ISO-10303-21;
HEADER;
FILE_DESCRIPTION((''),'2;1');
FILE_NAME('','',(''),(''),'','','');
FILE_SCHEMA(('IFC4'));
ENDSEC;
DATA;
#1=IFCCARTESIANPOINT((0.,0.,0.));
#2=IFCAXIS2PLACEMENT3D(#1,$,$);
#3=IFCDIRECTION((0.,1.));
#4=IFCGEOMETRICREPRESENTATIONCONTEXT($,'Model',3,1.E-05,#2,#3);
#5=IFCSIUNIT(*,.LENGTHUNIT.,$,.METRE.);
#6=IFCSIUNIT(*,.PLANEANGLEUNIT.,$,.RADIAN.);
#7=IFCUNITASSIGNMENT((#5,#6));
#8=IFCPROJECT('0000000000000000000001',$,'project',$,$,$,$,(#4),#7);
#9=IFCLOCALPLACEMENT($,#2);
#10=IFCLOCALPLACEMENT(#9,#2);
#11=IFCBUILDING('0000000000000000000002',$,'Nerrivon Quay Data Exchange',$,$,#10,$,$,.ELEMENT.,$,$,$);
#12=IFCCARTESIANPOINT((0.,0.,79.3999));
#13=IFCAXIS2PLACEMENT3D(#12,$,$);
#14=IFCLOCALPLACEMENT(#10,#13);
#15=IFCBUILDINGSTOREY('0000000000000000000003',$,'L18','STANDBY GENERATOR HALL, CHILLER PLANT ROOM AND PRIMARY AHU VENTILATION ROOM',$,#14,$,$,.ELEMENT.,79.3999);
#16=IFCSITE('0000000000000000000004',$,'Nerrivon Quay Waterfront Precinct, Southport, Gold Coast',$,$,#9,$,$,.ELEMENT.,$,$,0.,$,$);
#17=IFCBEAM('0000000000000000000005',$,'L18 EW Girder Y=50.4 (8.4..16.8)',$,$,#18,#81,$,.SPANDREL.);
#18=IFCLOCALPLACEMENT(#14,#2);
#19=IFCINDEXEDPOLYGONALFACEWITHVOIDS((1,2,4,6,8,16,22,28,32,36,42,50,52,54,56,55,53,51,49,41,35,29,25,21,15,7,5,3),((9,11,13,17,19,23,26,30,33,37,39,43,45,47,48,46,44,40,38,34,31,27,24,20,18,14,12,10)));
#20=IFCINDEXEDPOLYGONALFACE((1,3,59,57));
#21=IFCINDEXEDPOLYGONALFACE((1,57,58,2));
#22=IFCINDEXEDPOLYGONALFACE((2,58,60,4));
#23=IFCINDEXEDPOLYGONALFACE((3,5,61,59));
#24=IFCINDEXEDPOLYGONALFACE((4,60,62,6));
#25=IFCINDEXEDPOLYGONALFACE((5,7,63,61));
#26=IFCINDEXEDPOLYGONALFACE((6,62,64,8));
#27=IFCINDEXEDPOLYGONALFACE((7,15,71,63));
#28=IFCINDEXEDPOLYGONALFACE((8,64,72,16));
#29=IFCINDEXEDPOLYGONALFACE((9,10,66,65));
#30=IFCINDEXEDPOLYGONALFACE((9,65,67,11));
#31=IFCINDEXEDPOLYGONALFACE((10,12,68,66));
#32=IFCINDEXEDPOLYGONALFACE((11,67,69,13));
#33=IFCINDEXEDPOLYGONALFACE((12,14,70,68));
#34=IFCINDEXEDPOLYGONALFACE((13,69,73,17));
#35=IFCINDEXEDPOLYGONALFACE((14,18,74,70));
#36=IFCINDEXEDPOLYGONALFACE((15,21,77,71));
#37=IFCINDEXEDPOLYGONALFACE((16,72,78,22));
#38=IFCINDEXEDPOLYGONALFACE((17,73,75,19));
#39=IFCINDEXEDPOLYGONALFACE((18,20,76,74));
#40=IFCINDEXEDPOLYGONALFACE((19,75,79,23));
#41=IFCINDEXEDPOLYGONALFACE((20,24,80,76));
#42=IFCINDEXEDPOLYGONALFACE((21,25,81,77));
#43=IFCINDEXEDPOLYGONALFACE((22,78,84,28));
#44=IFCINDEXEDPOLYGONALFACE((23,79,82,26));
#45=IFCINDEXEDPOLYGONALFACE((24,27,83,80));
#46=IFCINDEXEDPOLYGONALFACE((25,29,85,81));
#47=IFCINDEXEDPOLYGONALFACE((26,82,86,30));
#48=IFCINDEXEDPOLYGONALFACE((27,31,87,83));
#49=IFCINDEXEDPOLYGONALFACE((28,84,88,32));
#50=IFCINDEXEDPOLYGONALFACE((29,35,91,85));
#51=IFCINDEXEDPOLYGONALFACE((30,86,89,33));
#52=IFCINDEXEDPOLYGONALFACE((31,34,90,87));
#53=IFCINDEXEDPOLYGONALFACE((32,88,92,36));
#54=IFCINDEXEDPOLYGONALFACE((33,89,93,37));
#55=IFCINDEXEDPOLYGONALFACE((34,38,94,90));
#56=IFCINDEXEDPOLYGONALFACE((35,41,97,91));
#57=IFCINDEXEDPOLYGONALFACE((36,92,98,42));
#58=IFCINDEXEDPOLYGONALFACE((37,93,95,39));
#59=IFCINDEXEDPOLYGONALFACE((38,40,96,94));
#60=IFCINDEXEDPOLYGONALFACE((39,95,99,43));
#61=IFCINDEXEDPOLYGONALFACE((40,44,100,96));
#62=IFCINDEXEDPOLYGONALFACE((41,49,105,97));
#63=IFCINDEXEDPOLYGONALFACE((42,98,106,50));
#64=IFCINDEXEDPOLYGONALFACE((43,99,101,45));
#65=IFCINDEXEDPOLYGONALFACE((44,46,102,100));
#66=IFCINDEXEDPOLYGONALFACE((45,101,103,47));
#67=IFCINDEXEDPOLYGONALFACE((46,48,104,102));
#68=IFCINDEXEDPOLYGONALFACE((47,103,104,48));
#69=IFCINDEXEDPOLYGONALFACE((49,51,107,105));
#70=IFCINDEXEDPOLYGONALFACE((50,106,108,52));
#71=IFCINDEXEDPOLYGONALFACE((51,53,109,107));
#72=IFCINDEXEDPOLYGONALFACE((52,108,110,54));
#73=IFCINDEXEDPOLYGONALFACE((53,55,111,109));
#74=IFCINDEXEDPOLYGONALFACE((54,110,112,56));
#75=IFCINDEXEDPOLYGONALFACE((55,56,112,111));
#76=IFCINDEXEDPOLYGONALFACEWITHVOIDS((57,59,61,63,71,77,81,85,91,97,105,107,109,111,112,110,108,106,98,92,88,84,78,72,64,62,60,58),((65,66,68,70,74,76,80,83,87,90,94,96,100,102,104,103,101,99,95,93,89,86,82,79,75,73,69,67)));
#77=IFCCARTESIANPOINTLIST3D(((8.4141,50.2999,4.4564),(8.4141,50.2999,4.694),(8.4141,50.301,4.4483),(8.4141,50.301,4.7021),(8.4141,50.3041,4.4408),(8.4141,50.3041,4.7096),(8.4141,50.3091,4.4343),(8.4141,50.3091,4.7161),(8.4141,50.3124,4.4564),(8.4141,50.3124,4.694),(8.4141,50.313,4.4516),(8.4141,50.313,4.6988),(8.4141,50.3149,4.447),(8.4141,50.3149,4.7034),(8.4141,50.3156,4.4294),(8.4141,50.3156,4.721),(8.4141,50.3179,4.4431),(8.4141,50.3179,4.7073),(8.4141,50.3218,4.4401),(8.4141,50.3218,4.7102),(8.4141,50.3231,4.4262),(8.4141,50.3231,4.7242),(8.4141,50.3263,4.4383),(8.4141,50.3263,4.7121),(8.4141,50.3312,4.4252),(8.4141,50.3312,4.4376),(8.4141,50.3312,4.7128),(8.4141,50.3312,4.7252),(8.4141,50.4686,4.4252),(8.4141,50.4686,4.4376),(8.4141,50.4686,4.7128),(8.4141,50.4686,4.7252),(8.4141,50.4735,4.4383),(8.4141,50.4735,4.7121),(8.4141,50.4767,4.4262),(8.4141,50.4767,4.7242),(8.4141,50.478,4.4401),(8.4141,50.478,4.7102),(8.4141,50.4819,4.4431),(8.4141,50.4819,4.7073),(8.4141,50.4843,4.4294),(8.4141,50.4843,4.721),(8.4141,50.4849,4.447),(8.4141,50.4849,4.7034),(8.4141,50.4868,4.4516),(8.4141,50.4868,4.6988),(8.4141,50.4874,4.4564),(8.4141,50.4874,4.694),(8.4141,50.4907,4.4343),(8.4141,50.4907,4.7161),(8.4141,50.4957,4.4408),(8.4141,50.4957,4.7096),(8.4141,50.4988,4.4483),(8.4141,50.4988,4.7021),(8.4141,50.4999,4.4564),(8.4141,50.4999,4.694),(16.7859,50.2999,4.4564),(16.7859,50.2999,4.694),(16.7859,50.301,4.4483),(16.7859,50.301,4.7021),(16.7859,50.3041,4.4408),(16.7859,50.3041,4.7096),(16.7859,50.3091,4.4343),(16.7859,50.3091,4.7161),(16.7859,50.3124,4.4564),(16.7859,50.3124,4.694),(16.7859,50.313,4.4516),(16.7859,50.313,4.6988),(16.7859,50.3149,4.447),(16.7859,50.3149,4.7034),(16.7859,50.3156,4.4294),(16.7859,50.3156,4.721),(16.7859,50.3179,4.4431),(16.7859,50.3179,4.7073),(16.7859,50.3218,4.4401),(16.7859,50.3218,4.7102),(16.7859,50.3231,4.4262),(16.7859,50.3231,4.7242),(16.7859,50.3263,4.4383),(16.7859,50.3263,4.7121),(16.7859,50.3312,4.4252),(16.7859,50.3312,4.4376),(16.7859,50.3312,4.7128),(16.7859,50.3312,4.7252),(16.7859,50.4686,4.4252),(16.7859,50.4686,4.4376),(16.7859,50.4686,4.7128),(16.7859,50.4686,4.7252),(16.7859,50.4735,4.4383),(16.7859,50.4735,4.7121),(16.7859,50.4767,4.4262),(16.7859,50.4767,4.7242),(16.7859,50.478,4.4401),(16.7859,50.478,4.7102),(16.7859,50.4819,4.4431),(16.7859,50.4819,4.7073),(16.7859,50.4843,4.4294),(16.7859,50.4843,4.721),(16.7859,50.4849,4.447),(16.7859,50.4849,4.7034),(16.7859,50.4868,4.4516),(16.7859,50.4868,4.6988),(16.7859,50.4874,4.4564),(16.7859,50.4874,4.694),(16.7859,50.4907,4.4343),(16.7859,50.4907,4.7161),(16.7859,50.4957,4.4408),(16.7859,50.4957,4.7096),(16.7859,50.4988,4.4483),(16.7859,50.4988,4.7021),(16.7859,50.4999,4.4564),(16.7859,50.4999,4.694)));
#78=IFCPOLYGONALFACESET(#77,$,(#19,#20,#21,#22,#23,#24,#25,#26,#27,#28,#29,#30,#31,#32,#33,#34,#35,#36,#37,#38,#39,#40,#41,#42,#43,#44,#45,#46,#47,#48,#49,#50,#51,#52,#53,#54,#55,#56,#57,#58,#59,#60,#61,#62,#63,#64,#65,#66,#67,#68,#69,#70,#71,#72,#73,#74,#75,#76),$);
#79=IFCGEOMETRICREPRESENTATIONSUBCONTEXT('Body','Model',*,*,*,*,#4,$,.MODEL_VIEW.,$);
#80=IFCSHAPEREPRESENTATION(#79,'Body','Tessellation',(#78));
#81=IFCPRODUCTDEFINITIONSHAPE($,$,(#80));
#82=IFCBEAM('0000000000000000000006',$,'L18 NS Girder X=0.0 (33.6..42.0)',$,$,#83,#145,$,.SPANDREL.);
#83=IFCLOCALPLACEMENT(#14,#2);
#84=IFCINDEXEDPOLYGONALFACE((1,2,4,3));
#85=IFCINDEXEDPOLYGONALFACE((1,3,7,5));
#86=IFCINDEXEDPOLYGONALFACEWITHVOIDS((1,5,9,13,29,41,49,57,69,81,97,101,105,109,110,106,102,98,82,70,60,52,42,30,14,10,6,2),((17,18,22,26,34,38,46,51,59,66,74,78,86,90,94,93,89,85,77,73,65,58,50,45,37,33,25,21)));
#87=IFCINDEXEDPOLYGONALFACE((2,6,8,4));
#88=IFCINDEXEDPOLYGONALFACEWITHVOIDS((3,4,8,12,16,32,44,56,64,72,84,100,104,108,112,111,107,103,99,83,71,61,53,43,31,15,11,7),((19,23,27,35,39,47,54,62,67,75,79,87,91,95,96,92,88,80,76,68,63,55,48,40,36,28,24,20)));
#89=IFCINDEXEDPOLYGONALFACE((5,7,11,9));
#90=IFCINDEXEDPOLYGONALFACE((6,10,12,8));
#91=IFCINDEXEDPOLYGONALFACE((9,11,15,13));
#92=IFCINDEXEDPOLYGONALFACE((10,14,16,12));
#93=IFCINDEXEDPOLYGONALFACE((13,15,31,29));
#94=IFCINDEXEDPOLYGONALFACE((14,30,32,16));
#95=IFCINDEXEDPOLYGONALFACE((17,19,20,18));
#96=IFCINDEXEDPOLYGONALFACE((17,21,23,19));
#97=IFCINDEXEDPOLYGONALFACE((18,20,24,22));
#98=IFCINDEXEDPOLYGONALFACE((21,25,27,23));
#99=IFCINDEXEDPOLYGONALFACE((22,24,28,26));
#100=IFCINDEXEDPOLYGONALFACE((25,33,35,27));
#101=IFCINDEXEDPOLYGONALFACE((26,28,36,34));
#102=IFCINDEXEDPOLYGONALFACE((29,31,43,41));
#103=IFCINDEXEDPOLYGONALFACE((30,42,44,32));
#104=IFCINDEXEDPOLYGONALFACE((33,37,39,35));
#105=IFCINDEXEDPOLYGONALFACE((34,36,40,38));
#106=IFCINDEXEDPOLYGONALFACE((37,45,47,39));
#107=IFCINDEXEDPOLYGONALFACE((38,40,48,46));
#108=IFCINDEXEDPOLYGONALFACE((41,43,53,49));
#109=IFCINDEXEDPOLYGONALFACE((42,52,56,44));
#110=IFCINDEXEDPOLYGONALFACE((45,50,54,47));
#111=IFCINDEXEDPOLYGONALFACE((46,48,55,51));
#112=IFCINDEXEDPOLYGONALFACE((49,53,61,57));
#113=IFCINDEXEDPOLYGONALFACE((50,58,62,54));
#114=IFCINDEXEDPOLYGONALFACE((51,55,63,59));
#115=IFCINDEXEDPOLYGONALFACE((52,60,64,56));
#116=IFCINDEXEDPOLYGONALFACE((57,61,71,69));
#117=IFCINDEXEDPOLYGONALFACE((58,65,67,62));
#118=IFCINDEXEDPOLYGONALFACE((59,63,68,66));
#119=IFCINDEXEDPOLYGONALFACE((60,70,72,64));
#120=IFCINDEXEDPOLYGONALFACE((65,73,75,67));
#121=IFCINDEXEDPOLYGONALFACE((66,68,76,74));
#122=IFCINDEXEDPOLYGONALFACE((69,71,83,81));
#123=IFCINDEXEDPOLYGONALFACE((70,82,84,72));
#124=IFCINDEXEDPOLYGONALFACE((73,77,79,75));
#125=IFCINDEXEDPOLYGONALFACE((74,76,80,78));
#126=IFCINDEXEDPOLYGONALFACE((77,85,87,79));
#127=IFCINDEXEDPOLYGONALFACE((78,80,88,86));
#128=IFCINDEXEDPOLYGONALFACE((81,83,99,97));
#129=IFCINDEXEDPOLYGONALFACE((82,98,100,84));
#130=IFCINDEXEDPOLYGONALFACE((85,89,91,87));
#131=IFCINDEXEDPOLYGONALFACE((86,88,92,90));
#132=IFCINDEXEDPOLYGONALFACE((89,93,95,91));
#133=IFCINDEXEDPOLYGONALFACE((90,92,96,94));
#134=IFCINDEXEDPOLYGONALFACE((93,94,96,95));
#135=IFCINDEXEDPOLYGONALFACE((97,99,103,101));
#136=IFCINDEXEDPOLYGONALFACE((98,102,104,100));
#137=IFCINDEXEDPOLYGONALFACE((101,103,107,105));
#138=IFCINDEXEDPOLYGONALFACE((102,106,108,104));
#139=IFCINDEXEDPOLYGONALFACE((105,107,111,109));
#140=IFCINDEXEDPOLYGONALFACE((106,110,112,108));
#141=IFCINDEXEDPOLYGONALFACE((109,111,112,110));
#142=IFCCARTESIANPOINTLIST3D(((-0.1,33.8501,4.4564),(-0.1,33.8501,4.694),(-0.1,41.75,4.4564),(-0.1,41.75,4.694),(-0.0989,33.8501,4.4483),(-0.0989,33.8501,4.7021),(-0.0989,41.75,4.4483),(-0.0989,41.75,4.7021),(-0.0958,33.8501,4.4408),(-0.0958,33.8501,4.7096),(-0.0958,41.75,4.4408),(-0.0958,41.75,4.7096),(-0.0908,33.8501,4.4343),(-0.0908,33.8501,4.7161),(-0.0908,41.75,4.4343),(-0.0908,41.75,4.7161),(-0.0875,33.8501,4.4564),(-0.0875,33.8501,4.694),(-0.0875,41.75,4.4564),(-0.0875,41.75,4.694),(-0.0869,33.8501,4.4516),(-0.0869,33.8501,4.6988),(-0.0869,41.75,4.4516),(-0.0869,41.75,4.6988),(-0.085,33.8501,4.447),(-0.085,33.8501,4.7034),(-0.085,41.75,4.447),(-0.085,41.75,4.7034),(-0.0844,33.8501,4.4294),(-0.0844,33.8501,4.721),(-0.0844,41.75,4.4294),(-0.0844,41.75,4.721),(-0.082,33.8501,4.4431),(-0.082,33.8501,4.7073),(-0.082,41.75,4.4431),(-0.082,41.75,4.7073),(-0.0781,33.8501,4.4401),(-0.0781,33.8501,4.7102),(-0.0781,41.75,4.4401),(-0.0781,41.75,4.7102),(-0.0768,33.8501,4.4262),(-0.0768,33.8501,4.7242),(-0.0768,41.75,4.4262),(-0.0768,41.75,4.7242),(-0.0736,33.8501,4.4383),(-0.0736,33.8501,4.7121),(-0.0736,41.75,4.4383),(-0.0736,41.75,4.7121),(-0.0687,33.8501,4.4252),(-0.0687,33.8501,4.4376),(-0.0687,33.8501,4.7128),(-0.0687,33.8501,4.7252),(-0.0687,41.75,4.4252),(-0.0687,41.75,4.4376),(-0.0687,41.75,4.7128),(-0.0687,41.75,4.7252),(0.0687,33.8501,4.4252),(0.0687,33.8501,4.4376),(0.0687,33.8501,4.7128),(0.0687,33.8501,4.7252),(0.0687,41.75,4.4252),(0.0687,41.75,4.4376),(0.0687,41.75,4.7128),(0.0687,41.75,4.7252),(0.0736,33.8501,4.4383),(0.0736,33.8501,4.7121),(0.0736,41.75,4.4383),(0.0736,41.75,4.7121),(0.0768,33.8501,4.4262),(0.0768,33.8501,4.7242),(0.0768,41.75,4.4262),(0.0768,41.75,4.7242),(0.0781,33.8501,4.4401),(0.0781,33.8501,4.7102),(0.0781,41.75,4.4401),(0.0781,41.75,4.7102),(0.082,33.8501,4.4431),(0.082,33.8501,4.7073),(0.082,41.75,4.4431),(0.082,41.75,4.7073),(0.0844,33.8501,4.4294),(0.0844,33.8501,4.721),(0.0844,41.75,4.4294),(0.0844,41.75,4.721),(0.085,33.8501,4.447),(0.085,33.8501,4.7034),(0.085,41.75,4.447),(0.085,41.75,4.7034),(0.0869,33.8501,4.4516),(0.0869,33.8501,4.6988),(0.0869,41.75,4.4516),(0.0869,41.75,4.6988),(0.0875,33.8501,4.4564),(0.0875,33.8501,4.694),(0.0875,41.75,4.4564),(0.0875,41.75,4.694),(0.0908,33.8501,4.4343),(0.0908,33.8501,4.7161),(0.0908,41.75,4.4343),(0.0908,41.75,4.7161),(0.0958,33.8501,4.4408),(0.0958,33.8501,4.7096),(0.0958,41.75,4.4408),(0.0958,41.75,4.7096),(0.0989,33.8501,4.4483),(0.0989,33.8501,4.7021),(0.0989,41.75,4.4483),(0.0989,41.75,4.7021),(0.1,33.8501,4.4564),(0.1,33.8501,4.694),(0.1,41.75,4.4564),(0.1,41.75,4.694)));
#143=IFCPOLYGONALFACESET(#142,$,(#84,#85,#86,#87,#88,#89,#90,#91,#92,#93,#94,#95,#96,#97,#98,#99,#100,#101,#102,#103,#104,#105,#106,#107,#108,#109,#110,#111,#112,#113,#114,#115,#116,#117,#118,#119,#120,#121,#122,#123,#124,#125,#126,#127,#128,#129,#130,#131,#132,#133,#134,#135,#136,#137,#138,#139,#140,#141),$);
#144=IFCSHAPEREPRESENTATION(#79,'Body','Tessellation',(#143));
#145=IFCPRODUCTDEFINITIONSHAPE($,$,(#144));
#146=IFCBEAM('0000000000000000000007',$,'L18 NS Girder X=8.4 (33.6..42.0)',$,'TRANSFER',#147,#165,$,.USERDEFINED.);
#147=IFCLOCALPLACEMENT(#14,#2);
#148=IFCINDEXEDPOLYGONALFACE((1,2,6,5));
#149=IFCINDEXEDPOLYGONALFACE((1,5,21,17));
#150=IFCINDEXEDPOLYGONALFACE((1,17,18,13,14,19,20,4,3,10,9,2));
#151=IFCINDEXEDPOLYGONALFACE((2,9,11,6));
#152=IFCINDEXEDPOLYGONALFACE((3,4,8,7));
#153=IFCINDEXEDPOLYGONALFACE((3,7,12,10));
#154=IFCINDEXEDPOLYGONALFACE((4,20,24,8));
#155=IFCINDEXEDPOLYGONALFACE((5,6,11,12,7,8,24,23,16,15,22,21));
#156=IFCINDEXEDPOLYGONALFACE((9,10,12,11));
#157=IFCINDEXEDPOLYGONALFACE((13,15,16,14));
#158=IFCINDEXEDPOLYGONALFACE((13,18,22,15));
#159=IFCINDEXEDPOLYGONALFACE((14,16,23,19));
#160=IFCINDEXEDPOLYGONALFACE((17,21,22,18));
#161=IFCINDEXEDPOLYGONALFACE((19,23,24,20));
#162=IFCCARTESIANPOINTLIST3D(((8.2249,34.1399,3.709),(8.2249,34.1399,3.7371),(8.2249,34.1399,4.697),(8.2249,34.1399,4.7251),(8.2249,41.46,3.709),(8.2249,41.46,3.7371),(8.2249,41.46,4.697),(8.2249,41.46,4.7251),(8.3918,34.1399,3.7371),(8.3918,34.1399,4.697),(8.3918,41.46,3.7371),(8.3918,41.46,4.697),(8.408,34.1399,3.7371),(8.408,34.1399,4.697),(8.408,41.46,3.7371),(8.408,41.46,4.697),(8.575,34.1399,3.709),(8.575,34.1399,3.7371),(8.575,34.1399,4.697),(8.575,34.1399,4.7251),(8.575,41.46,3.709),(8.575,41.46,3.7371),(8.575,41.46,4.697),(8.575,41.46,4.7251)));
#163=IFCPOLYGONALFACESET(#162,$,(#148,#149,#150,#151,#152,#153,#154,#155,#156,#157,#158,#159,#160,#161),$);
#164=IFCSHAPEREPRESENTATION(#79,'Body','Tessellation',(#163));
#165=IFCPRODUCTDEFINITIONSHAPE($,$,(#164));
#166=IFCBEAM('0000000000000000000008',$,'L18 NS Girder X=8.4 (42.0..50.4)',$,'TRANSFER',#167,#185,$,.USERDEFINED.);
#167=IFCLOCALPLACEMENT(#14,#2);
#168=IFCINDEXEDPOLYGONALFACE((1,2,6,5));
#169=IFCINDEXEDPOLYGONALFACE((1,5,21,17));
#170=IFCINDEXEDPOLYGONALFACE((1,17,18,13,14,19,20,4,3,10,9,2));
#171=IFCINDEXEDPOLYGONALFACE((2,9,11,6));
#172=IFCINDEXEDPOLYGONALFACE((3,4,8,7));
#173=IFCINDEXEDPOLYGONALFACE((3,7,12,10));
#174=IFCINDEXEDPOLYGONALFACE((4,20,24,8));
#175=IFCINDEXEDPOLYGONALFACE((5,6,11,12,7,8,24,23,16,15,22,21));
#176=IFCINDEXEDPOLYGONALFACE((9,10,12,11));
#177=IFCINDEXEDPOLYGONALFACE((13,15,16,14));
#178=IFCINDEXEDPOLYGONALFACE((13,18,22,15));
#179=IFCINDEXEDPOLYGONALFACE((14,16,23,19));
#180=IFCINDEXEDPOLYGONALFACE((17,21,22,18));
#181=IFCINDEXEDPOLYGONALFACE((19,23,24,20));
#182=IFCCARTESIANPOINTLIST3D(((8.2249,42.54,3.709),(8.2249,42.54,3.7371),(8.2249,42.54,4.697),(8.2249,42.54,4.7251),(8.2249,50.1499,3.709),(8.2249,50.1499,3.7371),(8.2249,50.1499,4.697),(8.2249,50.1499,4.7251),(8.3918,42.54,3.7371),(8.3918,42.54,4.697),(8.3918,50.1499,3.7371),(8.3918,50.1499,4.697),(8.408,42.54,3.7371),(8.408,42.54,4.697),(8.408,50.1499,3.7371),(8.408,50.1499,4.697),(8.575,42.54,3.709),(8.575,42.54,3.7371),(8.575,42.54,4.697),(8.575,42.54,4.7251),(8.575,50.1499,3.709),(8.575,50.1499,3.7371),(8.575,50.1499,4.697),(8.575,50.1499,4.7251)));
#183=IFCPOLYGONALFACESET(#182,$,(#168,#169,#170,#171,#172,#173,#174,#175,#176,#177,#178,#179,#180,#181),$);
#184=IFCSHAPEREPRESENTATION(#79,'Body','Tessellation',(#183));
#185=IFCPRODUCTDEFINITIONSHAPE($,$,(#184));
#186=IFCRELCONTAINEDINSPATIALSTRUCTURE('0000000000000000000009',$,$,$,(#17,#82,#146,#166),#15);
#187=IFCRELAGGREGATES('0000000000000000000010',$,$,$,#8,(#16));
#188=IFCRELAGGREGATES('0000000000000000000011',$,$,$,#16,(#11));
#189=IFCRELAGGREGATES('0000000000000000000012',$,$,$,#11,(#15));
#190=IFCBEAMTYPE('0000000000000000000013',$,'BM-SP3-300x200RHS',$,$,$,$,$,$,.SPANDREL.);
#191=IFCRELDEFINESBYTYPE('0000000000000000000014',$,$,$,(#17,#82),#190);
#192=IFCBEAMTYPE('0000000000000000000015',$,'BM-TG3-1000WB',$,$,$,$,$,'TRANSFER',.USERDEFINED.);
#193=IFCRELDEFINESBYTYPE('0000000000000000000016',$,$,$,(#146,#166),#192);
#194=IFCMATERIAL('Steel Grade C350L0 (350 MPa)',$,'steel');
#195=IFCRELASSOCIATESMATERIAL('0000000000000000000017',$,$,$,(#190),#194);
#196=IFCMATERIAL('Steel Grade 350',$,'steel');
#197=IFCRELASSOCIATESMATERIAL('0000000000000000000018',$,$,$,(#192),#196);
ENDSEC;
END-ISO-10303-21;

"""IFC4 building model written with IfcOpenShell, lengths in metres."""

from ifc_helpers import new_model, si_unit, direction, frame, origin, origin_2d, place, context, subcontext, project, spatial, hollow_rectangle, i_section, extrude, material, material_profile, profile_set, type_object, element, save


model = new_model("IFC4")

# Units and contexts
model_context = context("Model", 3, precision=1e-05, world=origin(), true_north=direction((0.0, 1.0)))
body_context = subcontext(model_context, "Body", "Model", "MODEL_VIEW")
ifc_project = project(units=[si_unit("LENGTHUNIT", "METRE"), si_unit("PLANEANGLEUNIT", "RADIAN")], contexts=[model_context])

# Site, building, storey
site_placement = place(None, origin())
site = spatial("IfcSite", under=ifc_project, at=site_placement, Name="Nerrivon Quay Waterfront Precinct, Southport, Gold Coast", CompositionType="ELEMENT", RefElevation=0.0)
building_placement = place(site_placement, origin())
building = spatial("IfcBuilding", under=site, at=building_placement, Name="Nerrivon Quay Data Exchange", CompositionType="ELEMENT")
storey_placement = place(building_placement, frame((0.0, 0.0, 79.3999)))
storey = spatial("IfcBuildingStorey", under=building, at=storey_placement, Name="L18", Description="STANDBY GENERATOR HALL, CHILLER PLANT ROOM AND PRIMARY AHU VENTILATION ROOM", CompositionType="ELEMENT", Elevation=79.3999)

# Shared definitions
ifc_material_1 = material(Name="Steel Grade 350", Category="steel")

# Beams
ifc_material_2 = material(Name="Steel Grade C350L0 (350 MPa)", Category="steel")
ifc_material_profile_1 = material_profile(ifc_material_2, hollow_rectangle(XDim=0.2, YDim=0.3, WallThickness=0.0125, InnerFilletRadius=0.0188, OuterFilletRadius=0.0312, at=origin_2d()), Name="300x200x12.5RHS")
ifc_profile_set_1 = profile_set([ifc_material_profile_1], Name="Steel Grade C350L0 (350 MPa)")
beam_type_1 = type_object("IfcBeamType", Name="BM-SP3-300x200RHS", PredefinedType="SPANDREL", material=ifc_profile_set_1)
beam_1_placement = place(storey_placement, frame((8.4141, 50.3999, 4.5752), z_axis=(1.0, 0.0, 0.0), x_axis=(0.0, 1.0, 0.0)))
element("IfcBeam", 1, at=beam_1_placement, inside=storey, type_object=beam_type_1, Name="L18 EW Girder Y=50.4 (8.4..16.8)", PredefinedType="SPANDREL", context=body_context, shape_type="SweptSolid", body=[
    extrude(hollow_rectangle(XDim=0.2, YDim=0.3, WallThickness=0.0125, InnerFilletRadius=0.0188, OuterFilletRadius=0.0312, at=origin_2d()), origin(), (0.0, 0.0, 1.0), 8.3718),
])
beam_2_placement = place(storey_placement, frame((0.0, 33.8501, 4.5752), z_axis=(0.0, 1.0, 0.0), x_axis=(-1.0, 0.0, 0.0)))
element("IfcBeam", 2, at=beam_2_placement, inside=storey, type_object=beam_type_1, Name="L18 NS Girder X=0.0 (33.6..42.0)", PredefinedType="SPANDREL", context=body_context, shape_type="SweptSolid", body=[
    extrude(hollow_rectangle(XDim=0.2, YDim=0.3, WallThickness=0.0125, InnerFilletRadius=0.0188, OuterFilletRadius=0.0312, at=origin_2d()), origin(), (0.0, 0.0, 1.0), 7.8999),
])
ifc_material_profile_2 = material_profile(ifc_material_1, i_section(OverallWidth=0.3501, OverallDepth=1.0161, WebThickness=0.0161, FlangeThickness=0.0281, at=origin_2d()), Name="1000WB258")
ifc_profile_set_2 = profile_set([ifc_material_profile_2], Name="Steel Grade 350")
beam_type_2 = type_object("IfcBeamType", Name="BM-TG3-1000WB", ElementType="TRANSFER", PredefinedType="USERDEFINED", material=ifc_profile_set_2)
beam_3_placement = place(storey_placement, frame((8.3999, 34.1399, 4.217), z_axis=(0.0, 1.0, 0.0), x_axis=(-1.0, 0.0, 0.0)))
element("IfcBeam", 3, at=beam_3_placement, inside=storey, type_object=beam_type_2, Name="L18 NS Girder X=8.4 (33.6..42.0)", ObjectType="TRANSFER", PredefinedType="USERDEFINED", context=body_context, shape_type="SweptSolid", body=[
    extrude(i_section(OverallWidth=0.3501, OverallDepth=1.0161, WebThickness=0.0161, FlangeThickness=0.0281, at=origin_2d()), origin(), (0.0, 0.0, 1.0), 7.3201),
])
beam_4_placement = place(storey_placement, frame((8.3999, 42.54, 4.217), z_axis=(0.0, 1.0, 0.0), x_axis=(-1.0, 0.0, 0.0)))
element("IfcBeam", 4, at=beam_4_placement, inside=storey, type_object=beam_type_2, Name="L18 NS Girder X=8.4 (42.0..50.4)", ObjectType="TRANSFER", PredefinedType="USERDEFINED", context=body_context, shape_type="SweptSolid", body=[
    extrude(i_section(OverallWidth=0.3501, OverallDepth=1.0161, WebThickness=0.0161, FlangeThickness=0.0281, at=origin_2d()), origin(), (0.0, 0.0, 1.0), 7.6099),
])

save(model, "model.ifc")
